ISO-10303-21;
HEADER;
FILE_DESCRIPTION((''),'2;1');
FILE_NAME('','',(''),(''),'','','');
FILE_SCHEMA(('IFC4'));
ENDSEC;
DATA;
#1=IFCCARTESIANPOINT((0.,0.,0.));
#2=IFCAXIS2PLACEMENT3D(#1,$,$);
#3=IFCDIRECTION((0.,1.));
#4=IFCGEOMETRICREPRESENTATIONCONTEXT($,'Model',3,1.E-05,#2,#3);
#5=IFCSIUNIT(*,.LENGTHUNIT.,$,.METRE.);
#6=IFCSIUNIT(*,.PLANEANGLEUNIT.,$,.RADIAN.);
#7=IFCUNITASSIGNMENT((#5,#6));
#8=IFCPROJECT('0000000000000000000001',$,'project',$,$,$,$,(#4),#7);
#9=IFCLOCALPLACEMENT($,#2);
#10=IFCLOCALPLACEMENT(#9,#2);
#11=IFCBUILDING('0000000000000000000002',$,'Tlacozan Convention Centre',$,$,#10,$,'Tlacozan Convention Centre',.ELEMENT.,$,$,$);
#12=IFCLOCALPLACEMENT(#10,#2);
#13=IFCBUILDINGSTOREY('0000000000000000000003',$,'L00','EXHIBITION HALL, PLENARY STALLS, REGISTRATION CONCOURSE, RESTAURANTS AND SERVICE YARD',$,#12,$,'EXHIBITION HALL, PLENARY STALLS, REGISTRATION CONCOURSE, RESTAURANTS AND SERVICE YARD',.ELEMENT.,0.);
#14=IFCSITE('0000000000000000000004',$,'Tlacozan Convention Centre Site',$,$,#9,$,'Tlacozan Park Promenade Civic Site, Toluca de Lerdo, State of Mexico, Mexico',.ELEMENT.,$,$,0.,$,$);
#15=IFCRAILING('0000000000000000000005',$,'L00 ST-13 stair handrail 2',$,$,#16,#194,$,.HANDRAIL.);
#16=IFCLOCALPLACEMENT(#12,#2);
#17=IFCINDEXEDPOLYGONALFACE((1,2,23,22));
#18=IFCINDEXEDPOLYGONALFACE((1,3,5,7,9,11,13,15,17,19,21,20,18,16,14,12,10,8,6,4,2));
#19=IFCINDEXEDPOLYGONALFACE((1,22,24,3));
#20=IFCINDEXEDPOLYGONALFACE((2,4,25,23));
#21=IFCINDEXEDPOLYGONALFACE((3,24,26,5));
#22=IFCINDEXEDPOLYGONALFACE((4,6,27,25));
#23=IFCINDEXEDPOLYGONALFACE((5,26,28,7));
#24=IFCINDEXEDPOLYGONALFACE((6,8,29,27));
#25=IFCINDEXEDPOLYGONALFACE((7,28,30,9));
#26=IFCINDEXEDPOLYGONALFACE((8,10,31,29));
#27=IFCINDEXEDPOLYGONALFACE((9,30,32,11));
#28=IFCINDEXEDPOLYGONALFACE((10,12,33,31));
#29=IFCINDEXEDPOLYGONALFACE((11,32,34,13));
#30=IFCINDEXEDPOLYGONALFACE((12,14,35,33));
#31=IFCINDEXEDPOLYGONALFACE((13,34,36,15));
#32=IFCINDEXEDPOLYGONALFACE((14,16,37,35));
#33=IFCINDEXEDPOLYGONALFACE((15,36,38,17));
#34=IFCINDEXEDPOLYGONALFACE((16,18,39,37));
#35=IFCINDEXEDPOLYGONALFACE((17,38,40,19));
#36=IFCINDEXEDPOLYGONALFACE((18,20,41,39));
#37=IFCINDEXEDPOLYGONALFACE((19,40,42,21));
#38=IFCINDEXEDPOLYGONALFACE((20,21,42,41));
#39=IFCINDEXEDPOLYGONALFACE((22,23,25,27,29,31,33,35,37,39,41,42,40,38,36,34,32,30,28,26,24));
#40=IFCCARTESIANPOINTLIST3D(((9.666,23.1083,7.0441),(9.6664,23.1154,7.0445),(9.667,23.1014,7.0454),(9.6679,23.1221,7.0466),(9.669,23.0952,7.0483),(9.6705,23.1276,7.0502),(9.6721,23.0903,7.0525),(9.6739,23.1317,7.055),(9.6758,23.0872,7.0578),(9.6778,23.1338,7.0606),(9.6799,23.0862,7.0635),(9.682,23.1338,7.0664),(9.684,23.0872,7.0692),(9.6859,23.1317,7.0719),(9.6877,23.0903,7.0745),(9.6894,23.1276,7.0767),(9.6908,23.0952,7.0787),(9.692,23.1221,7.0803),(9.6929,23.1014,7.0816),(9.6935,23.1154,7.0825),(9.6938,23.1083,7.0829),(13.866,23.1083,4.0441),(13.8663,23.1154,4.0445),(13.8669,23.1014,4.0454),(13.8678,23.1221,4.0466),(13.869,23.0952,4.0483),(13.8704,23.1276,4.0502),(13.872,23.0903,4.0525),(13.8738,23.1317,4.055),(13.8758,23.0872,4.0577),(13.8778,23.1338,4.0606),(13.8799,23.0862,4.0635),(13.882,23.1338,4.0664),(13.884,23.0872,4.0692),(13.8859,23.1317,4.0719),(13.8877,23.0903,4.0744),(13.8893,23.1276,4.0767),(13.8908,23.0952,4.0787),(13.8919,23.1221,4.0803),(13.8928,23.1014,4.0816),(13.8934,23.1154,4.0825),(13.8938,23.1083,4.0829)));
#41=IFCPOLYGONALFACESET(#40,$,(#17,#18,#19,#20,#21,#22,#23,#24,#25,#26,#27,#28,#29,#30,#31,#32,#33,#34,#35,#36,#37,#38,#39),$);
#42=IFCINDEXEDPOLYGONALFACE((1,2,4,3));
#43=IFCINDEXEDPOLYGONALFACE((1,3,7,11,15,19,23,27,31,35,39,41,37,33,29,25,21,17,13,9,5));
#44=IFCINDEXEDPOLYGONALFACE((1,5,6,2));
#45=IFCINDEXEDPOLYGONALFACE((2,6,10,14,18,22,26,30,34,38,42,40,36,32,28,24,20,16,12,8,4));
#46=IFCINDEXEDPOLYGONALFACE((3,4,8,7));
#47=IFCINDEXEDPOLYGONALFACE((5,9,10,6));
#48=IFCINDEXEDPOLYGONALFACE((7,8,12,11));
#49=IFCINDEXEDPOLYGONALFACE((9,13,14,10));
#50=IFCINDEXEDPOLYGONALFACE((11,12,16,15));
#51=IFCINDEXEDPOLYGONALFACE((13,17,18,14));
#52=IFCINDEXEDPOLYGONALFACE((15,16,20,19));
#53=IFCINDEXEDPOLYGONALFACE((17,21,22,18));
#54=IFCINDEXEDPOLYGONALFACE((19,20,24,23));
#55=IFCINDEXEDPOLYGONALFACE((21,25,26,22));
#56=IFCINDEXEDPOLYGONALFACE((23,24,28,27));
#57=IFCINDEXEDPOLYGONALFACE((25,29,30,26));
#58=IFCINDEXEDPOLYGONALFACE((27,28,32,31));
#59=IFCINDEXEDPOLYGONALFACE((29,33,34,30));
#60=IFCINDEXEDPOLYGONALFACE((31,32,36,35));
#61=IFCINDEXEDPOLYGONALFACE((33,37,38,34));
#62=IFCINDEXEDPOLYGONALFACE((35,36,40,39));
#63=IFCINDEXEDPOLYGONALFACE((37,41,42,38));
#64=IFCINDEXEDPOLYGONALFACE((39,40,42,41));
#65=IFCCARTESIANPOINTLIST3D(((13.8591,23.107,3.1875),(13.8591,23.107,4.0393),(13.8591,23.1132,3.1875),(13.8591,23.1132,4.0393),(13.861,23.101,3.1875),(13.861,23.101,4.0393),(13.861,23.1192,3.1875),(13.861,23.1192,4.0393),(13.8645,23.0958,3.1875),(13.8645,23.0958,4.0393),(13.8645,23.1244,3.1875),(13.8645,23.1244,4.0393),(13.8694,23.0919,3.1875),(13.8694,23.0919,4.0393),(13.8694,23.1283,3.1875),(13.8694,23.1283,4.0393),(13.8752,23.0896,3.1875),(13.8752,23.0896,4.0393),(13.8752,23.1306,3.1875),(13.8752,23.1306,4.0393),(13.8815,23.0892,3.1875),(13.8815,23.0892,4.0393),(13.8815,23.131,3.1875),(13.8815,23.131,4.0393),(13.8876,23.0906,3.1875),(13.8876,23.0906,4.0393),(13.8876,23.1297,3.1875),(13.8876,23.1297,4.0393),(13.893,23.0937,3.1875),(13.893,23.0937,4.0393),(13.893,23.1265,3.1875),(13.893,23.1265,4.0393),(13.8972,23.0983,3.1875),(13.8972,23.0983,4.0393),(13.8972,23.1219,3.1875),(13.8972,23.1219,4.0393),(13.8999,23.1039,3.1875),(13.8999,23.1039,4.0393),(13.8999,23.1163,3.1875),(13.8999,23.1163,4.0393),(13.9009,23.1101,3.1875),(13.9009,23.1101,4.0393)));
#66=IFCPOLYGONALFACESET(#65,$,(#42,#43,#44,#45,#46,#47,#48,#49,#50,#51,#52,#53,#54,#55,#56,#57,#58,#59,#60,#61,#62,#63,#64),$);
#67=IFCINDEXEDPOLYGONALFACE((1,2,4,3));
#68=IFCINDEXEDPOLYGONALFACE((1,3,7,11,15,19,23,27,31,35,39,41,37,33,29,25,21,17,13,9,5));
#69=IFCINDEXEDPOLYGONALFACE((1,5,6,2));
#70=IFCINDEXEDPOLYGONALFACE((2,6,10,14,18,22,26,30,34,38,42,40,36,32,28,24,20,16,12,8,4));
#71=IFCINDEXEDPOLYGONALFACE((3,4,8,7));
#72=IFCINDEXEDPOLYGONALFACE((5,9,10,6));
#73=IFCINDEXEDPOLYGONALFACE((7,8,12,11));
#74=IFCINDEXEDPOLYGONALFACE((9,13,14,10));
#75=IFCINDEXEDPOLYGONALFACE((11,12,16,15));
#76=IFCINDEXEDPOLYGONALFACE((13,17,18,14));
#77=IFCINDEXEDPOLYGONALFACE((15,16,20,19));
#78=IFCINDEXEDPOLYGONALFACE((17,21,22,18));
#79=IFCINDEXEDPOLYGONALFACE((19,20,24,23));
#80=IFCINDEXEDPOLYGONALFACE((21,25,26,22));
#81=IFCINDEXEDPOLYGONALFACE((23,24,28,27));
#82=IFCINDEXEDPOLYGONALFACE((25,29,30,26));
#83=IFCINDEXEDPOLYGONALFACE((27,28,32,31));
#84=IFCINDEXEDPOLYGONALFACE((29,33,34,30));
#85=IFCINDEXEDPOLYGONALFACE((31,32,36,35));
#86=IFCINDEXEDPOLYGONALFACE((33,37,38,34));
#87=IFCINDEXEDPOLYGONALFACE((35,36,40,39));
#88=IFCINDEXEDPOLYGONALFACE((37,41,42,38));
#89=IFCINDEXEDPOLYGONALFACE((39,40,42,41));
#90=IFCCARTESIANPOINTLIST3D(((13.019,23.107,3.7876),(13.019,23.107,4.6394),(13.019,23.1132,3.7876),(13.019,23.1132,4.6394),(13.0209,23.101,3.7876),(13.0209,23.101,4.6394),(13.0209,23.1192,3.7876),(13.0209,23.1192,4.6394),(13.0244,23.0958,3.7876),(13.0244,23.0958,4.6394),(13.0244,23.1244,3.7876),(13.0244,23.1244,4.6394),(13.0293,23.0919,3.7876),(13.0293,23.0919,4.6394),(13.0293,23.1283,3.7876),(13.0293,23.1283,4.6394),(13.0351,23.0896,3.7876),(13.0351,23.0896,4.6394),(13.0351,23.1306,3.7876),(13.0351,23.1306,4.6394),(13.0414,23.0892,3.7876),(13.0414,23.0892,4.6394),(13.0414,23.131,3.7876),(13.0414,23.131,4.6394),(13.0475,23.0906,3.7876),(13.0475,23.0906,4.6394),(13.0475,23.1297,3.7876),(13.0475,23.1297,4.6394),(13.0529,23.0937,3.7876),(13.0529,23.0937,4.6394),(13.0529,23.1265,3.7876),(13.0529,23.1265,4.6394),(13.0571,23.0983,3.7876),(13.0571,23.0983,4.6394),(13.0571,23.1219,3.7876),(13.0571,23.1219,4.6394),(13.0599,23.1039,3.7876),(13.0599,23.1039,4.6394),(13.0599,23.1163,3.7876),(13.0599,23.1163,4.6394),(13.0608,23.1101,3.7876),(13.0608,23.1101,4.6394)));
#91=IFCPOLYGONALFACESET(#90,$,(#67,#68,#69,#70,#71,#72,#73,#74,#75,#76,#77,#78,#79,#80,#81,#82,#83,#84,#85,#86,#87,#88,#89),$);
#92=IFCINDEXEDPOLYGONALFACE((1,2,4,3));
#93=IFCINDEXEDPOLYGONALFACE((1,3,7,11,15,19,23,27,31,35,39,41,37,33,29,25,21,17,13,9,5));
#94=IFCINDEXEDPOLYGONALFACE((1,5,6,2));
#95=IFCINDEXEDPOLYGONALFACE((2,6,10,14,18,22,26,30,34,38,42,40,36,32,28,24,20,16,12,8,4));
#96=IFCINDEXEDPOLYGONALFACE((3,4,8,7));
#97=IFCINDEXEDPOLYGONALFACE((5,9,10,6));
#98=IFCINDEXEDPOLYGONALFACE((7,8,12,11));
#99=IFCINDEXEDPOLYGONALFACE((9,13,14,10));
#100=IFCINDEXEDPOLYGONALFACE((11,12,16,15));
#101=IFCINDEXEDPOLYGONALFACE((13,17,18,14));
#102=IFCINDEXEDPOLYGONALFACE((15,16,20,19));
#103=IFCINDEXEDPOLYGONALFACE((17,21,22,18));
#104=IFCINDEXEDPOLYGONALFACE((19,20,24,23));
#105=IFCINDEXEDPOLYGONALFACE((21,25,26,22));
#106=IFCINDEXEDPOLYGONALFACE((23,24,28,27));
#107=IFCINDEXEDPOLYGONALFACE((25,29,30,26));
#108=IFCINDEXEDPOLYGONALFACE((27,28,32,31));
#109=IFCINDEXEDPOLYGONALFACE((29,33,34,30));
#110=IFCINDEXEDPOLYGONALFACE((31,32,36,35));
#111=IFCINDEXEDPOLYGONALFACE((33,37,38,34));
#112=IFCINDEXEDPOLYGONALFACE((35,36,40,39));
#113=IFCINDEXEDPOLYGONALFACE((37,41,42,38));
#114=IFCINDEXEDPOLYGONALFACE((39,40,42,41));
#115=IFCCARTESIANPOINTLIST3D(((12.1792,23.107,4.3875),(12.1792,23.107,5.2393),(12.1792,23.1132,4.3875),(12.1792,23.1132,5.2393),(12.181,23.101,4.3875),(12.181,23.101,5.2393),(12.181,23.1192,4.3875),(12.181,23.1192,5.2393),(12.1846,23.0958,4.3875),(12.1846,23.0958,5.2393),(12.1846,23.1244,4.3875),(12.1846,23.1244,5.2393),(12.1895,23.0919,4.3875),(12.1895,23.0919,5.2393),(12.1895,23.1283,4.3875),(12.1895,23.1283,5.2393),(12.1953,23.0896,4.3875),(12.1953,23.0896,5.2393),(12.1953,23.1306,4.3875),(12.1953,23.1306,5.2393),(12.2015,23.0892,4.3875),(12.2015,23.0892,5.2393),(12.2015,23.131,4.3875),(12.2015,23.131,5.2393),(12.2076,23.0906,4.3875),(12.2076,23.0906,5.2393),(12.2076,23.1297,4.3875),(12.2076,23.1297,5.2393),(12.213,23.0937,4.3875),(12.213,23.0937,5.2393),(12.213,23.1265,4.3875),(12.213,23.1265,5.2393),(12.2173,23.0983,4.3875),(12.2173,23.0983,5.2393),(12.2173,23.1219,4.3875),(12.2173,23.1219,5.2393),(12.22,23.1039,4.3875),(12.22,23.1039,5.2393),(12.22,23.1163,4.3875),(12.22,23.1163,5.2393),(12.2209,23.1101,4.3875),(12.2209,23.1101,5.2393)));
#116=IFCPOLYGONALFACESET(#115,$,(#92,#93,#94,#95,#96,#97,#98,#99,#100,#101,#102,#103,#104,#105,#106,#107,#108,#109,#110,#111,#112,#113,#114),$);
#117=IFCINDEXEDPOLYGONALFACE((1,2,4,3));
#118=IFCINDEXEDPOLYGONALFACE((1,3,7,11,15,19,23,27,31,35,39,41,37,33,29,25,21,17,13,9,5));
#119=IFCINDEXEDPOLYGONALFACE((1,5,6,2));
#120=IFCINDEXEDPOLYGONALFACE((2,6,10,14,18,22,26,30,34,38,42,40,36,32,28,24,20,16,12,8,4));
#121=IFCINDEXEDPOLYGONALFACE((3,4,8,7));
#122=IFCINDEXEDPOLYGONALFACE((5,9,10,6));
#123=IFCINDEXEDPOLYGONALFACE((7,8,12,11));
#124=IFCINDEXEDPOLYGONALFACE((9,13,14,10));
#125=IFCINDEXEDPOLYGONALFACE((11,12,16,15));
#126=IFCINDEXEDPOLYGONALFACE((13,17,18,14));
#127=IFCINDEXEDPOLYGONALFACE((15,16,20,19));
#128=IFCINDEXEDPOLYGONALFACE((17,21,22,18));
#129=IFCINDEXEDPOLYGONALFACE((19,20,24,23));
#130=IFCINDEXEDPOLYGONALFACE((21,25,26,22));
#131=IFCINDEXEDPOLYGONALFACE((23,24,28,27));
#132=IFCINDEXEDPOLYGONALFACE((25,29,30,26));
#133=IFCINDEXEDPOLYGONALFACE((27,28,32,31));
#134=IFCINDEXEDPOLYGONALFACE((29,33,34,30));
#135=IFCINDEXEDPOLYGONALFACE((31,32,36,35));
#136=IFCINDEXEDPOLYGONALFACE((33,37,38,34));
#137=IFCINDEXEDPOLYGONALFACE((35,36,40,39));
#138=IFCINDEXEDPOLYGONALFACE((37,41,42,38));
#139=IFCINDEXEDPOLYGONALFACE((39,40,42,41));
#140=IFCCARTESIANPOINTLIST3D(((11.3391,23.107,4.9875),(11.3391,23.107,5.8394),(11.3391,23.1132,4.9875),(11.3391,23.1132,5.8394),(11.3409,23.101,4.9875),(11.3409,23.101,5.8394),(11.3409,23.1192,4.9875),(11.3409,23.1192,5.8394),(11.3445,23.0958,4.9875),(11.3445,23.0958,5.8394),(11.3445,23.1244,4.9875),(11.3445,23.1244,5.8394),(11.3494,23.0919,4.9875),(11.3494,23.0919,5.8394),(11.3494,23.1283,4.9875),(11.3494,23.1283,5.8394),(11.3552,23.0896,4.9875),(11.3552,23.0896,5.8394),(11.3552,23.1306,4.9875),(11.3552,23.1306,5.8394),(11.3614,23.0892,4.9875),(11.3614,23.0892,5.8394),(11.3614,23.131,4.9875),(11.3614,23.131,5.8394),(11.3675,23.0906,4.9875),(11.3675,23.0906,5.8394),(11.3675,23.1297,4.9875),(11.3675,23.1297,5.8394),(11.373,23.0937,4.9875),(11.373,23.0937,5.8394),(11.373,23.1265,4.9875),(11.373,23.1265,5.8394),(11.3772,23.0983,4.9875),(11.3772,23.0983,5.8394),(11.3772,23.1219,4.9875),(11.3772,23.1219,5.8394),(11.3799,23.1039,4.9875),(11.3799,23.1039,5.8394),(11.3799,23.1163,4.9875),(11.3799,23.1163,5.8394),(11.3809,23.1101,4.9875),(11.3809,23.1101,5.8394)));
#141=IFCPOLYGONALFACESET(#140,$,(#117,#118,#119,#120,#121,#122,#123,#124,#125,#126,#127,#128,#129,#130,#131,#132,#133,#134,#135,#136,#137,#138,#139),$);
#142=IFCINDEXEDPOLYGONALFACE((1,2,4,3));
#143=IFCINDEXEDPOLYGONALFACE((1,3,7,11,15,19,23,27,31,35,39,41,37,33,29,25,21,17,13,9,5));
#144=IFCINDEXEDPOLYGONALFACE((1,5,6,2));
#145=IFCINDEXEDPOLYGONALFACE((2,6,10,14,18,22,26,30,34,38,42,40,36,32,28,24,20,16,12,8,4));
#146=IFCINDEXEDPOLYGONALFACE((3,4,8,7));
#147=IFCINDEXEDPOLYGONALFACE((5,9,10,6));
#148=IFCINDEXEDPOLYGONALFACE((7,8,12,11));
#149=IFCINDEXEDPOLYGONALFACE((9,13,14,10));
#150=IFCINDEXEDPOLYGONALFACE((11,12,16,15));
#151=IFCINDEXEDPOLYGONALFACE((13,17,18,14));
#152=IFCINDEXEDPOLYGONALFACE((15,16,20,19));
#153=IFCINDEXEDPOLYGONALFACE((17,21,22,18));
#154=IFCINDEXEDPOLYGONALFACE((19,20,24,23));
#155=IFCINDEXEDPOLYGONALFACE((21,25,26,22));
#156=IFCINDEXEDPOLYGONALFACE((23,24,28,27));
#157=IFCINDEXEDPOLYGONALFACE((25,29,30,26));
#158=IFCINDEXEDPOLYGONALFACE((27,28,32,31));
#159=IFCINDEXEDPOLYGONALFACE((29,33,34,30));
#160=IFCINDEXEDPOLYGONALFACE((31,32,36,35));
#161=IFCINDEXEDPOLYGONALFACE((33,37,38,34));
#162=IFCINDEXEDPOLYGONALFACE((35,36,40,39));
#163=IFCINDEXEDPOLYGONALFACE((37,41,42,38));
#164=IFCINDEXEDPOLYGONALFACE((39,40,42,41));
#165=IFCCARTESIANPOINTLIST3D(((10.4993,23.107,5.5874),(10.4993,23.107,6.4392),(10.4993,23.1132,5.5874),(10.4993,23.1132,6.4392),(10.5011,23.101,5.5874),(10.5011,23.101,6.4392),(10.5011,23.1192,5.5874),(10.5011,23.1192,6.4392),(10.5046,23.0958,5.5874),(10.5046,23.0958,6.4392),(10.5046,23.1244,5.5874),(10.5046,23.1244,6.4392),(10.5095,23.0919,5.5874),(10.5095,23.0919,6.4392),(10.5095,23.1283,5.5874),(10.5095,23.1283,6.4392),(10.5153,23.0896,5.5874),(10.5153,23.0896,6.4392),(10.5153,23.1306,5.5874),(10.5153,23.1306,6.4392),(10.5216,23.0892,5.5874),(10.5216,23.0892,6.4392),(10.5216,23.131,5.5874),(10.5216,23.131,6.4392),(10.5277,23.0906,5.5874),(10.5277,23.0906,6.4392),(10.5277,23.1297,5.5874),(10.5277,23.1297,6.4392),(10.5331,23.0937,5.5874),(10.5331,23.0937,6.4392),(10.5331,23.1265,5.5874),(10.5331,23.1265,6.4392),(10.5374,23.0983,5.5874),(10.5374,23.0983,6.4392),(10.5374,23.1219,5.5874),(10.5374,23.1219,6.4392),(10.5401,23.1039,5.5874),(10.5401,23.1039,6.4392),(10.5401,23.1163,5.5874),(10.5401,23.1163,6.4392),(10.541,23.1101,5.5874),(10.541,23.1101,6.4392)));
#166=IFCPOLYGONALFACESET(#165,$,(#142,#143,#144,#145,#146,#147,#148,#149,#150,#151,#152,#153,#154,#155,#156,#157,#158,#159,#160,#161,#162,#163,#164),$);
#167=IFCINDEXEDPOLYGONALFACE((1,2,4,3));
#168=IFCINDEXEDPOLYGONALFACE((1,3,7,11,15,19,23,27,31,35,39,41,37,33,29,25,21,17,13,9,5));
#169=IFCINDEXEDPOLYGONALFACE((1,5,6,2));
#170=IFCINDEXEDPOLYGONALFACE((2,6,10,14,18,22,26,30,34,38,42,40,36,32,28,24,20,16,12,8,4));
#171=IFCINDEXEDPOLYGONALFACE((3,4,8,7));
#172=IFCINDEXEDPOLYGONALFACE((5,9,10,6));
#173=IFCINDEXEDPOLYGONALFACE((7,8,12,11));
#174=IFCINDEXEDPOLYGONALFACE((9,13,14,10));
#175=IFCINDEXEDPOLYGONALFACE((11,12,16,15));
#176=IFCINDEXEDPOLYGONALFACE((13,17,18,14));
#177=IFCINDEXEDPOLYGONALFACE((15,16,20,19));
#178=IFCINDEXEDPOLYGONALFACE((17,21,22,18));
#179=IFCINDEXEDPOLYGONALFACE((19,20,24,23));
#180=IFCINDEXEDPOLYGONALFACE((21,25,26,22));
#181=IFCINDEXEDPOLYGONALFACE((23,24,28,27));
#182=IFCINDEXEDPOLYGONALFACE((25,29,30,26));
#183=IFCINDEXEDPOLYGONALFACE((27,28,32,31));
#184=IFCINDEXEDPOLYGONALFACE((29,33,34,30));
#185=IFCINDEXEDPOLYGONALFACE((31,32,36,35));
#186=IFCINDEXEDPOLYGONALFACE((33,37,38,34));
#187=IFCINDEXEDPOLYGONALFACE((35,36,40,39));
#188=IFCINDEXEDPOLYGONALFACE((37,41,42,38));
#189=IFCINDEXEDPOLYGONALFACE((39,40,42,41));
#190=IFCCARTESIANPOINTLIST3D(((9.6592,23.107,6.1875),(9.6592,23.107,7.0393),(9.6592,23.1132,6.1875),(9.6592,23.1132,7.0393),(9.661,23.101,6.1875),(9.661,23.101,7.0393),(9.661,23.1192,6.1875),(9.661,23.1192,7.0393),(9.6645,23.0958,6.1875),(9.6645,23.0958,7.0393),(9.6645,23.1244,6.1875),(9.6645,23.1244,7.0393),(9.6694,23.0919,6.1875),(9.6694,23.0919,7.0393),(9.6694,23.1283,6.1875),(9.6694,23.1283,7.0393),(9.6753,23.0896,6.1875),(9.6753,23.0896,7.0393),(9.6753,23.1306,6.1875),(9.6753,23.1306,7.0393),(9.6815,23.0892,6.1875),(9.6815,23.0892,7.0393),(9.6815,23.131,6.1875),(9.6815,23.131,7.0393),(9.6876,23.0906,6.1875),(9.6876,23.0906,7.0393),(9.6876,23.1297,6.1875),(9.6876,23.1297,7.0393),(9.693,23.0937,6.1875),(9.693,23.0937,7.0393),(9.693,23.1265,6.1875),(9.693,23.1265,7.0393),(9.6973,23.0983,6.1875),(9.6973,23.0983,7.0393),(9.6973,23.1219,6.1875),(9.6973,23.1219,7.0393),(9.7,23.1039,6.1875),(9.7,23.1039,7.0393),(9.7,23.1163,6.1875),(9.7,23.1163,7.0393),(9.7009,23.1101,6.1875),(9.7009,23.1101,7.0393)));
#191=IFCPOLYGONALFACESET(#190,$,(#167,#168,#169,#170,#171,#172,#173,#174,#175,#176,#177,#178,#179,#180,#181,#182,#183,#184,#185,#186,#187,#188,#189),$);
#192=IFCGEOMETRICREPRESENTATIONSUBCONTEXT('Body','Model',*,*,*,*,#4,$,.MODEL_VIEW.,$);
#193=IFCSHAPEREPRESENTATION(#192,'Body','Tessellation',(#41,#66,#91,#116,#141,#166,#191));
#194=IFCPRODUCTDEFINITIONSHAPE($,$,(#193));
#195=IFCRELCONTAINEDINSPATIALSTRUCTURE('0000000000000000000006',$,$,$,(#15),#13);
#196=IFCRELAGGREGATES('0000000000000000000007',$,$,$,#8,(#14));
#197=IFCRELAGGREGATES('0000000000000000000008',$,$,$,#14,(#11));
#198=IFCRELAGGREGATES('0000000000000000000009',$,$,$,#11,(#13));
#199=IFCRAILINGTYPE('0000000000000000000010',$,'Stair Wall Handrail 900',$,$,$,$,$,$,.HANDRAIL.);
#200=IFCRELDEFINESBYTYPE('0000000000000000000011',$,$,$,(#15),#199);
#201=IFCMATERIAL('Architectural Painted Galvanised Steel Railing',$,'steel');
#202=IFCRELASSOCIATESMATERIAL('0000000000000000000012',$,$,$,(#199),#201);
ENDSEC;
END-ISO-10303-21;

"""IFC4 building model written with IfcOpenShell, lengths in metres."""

from ifc_helpers import new_model, si_unit, direction, frame, origin, origin_2d, place, context, subcontext, project, spatial, circle, extrude, material, type_object, element, save


model = new_model("IFC4")

# Units and contexts
model_context = context("Model", 3, precision=1e-05, world=origin(), true_north=direction((0.0, 1.0)))
body_context = subcontext(model_context, "Body", "Model", "MODEL_VIEW")
ifc_project = project(units=[si_unit("LENGTHUNIT", "METRE"), si_unit("PLANEANGLEUNIT", "RADIAN")], contexts=[model_context])

# Site, building, storey
site_placement = place(None, origin())
site = spatial("IfcSite", under=ifc_project, at=site_placement, Name="Tlacozan Convention Centre Site", LongName="Tlacozan Park Promenade Civic Site, Toluca de Lerdo, State of Mexico, Mexico", CompositionType="ELEMENT", RefElevation=0.0)
building_placement = place(site_placement, origin())
building = spatial("IfcBuilding", under=site, at=building_placement, Name="Tlacozan Convention Centre", LongName="Tlacozan Convention Centre", CompositionType="ELEMENT")
storey_placement = place(building_placement, origin())
storey = spatial("IfcBuildingStorey", under=building, at=storey_placement, Name="L00", Description="EXHIBITION HALL, PLENARY STALLS, REGISTRATION CONCOURSE, RESTAURANTS AND SERVICE YARD", LongName="EXHIBITION HALL, PLENARY STALLS, REGISTRATION CONCOURSE, RESTAURANTS AND SERVICE YARD", CompositionType="ELEMENT", Elevation=0.0)

# Railing
ifc_material_1 = material(Name="Architectural Painted Galvanised Steel Railing", Category="steel")
railing_type_1 = type_object("IfcRailingType", Name="Stair Wall Handrail 900", PredefinedType="HANDRAIL", material=ifc_material_1)
railing_1_placement = place(storey_placement, frame((13.8799, 23.1101, 3.1875)))
element("IfcRailing", 1, at=railing_1_placement, inside=storey, type_object=railing_type_1, Name="L00 ST-13 stair handrail 2", PredefinedType="HANDRAIL", context=body_context, shape_type="SweptSolid", body=[
    extrude(circle(Radius=0.0239, at=origin_2d()), frame((0.0, 0.0, 0.876), z_axis=(-0.81373, 0.0, 0.581243), x_axis=(0.0, -1.0, 0.0)), (0.0, 0.0, 1.0), 5.1614),
    extrude(circle(Radius=0.021, at=origin_2d()), origin(), (0.0, 0.0, 1.0), 0.8518),
    extrude(circle(Radius=0.021, at=origin_2d()), frame((-0.8401, 0.0, 0.6001)), (0.0, 0.0, 1.0), 0.8518),
    extrude(circle(Radius=0.021, at=origin_2d()), frame((-1.6799, 0.0, 1.2)), (0.0, 0.0, 1.0), 0.8518),
    extrude(circle(Radius=0.021, at=origin_2d()), frame((-2.52, 0.0, 1.8)), (0.0, 0.0, 1.0), 0.8518),
    extrude(circle(Radius=0.021, at=origin_2d()), frame((-3.3599, 0.0, 2.3999)), (0.0, 0.0, 1.0), 0.8518),
    extrude(circle(Radius=0.021, at=origin_2d()), frame((-4.2, 0.0, 3.0)), (0.0, 0.0, 1.0), 0.8518),
])

save(model, "model.ifc")
